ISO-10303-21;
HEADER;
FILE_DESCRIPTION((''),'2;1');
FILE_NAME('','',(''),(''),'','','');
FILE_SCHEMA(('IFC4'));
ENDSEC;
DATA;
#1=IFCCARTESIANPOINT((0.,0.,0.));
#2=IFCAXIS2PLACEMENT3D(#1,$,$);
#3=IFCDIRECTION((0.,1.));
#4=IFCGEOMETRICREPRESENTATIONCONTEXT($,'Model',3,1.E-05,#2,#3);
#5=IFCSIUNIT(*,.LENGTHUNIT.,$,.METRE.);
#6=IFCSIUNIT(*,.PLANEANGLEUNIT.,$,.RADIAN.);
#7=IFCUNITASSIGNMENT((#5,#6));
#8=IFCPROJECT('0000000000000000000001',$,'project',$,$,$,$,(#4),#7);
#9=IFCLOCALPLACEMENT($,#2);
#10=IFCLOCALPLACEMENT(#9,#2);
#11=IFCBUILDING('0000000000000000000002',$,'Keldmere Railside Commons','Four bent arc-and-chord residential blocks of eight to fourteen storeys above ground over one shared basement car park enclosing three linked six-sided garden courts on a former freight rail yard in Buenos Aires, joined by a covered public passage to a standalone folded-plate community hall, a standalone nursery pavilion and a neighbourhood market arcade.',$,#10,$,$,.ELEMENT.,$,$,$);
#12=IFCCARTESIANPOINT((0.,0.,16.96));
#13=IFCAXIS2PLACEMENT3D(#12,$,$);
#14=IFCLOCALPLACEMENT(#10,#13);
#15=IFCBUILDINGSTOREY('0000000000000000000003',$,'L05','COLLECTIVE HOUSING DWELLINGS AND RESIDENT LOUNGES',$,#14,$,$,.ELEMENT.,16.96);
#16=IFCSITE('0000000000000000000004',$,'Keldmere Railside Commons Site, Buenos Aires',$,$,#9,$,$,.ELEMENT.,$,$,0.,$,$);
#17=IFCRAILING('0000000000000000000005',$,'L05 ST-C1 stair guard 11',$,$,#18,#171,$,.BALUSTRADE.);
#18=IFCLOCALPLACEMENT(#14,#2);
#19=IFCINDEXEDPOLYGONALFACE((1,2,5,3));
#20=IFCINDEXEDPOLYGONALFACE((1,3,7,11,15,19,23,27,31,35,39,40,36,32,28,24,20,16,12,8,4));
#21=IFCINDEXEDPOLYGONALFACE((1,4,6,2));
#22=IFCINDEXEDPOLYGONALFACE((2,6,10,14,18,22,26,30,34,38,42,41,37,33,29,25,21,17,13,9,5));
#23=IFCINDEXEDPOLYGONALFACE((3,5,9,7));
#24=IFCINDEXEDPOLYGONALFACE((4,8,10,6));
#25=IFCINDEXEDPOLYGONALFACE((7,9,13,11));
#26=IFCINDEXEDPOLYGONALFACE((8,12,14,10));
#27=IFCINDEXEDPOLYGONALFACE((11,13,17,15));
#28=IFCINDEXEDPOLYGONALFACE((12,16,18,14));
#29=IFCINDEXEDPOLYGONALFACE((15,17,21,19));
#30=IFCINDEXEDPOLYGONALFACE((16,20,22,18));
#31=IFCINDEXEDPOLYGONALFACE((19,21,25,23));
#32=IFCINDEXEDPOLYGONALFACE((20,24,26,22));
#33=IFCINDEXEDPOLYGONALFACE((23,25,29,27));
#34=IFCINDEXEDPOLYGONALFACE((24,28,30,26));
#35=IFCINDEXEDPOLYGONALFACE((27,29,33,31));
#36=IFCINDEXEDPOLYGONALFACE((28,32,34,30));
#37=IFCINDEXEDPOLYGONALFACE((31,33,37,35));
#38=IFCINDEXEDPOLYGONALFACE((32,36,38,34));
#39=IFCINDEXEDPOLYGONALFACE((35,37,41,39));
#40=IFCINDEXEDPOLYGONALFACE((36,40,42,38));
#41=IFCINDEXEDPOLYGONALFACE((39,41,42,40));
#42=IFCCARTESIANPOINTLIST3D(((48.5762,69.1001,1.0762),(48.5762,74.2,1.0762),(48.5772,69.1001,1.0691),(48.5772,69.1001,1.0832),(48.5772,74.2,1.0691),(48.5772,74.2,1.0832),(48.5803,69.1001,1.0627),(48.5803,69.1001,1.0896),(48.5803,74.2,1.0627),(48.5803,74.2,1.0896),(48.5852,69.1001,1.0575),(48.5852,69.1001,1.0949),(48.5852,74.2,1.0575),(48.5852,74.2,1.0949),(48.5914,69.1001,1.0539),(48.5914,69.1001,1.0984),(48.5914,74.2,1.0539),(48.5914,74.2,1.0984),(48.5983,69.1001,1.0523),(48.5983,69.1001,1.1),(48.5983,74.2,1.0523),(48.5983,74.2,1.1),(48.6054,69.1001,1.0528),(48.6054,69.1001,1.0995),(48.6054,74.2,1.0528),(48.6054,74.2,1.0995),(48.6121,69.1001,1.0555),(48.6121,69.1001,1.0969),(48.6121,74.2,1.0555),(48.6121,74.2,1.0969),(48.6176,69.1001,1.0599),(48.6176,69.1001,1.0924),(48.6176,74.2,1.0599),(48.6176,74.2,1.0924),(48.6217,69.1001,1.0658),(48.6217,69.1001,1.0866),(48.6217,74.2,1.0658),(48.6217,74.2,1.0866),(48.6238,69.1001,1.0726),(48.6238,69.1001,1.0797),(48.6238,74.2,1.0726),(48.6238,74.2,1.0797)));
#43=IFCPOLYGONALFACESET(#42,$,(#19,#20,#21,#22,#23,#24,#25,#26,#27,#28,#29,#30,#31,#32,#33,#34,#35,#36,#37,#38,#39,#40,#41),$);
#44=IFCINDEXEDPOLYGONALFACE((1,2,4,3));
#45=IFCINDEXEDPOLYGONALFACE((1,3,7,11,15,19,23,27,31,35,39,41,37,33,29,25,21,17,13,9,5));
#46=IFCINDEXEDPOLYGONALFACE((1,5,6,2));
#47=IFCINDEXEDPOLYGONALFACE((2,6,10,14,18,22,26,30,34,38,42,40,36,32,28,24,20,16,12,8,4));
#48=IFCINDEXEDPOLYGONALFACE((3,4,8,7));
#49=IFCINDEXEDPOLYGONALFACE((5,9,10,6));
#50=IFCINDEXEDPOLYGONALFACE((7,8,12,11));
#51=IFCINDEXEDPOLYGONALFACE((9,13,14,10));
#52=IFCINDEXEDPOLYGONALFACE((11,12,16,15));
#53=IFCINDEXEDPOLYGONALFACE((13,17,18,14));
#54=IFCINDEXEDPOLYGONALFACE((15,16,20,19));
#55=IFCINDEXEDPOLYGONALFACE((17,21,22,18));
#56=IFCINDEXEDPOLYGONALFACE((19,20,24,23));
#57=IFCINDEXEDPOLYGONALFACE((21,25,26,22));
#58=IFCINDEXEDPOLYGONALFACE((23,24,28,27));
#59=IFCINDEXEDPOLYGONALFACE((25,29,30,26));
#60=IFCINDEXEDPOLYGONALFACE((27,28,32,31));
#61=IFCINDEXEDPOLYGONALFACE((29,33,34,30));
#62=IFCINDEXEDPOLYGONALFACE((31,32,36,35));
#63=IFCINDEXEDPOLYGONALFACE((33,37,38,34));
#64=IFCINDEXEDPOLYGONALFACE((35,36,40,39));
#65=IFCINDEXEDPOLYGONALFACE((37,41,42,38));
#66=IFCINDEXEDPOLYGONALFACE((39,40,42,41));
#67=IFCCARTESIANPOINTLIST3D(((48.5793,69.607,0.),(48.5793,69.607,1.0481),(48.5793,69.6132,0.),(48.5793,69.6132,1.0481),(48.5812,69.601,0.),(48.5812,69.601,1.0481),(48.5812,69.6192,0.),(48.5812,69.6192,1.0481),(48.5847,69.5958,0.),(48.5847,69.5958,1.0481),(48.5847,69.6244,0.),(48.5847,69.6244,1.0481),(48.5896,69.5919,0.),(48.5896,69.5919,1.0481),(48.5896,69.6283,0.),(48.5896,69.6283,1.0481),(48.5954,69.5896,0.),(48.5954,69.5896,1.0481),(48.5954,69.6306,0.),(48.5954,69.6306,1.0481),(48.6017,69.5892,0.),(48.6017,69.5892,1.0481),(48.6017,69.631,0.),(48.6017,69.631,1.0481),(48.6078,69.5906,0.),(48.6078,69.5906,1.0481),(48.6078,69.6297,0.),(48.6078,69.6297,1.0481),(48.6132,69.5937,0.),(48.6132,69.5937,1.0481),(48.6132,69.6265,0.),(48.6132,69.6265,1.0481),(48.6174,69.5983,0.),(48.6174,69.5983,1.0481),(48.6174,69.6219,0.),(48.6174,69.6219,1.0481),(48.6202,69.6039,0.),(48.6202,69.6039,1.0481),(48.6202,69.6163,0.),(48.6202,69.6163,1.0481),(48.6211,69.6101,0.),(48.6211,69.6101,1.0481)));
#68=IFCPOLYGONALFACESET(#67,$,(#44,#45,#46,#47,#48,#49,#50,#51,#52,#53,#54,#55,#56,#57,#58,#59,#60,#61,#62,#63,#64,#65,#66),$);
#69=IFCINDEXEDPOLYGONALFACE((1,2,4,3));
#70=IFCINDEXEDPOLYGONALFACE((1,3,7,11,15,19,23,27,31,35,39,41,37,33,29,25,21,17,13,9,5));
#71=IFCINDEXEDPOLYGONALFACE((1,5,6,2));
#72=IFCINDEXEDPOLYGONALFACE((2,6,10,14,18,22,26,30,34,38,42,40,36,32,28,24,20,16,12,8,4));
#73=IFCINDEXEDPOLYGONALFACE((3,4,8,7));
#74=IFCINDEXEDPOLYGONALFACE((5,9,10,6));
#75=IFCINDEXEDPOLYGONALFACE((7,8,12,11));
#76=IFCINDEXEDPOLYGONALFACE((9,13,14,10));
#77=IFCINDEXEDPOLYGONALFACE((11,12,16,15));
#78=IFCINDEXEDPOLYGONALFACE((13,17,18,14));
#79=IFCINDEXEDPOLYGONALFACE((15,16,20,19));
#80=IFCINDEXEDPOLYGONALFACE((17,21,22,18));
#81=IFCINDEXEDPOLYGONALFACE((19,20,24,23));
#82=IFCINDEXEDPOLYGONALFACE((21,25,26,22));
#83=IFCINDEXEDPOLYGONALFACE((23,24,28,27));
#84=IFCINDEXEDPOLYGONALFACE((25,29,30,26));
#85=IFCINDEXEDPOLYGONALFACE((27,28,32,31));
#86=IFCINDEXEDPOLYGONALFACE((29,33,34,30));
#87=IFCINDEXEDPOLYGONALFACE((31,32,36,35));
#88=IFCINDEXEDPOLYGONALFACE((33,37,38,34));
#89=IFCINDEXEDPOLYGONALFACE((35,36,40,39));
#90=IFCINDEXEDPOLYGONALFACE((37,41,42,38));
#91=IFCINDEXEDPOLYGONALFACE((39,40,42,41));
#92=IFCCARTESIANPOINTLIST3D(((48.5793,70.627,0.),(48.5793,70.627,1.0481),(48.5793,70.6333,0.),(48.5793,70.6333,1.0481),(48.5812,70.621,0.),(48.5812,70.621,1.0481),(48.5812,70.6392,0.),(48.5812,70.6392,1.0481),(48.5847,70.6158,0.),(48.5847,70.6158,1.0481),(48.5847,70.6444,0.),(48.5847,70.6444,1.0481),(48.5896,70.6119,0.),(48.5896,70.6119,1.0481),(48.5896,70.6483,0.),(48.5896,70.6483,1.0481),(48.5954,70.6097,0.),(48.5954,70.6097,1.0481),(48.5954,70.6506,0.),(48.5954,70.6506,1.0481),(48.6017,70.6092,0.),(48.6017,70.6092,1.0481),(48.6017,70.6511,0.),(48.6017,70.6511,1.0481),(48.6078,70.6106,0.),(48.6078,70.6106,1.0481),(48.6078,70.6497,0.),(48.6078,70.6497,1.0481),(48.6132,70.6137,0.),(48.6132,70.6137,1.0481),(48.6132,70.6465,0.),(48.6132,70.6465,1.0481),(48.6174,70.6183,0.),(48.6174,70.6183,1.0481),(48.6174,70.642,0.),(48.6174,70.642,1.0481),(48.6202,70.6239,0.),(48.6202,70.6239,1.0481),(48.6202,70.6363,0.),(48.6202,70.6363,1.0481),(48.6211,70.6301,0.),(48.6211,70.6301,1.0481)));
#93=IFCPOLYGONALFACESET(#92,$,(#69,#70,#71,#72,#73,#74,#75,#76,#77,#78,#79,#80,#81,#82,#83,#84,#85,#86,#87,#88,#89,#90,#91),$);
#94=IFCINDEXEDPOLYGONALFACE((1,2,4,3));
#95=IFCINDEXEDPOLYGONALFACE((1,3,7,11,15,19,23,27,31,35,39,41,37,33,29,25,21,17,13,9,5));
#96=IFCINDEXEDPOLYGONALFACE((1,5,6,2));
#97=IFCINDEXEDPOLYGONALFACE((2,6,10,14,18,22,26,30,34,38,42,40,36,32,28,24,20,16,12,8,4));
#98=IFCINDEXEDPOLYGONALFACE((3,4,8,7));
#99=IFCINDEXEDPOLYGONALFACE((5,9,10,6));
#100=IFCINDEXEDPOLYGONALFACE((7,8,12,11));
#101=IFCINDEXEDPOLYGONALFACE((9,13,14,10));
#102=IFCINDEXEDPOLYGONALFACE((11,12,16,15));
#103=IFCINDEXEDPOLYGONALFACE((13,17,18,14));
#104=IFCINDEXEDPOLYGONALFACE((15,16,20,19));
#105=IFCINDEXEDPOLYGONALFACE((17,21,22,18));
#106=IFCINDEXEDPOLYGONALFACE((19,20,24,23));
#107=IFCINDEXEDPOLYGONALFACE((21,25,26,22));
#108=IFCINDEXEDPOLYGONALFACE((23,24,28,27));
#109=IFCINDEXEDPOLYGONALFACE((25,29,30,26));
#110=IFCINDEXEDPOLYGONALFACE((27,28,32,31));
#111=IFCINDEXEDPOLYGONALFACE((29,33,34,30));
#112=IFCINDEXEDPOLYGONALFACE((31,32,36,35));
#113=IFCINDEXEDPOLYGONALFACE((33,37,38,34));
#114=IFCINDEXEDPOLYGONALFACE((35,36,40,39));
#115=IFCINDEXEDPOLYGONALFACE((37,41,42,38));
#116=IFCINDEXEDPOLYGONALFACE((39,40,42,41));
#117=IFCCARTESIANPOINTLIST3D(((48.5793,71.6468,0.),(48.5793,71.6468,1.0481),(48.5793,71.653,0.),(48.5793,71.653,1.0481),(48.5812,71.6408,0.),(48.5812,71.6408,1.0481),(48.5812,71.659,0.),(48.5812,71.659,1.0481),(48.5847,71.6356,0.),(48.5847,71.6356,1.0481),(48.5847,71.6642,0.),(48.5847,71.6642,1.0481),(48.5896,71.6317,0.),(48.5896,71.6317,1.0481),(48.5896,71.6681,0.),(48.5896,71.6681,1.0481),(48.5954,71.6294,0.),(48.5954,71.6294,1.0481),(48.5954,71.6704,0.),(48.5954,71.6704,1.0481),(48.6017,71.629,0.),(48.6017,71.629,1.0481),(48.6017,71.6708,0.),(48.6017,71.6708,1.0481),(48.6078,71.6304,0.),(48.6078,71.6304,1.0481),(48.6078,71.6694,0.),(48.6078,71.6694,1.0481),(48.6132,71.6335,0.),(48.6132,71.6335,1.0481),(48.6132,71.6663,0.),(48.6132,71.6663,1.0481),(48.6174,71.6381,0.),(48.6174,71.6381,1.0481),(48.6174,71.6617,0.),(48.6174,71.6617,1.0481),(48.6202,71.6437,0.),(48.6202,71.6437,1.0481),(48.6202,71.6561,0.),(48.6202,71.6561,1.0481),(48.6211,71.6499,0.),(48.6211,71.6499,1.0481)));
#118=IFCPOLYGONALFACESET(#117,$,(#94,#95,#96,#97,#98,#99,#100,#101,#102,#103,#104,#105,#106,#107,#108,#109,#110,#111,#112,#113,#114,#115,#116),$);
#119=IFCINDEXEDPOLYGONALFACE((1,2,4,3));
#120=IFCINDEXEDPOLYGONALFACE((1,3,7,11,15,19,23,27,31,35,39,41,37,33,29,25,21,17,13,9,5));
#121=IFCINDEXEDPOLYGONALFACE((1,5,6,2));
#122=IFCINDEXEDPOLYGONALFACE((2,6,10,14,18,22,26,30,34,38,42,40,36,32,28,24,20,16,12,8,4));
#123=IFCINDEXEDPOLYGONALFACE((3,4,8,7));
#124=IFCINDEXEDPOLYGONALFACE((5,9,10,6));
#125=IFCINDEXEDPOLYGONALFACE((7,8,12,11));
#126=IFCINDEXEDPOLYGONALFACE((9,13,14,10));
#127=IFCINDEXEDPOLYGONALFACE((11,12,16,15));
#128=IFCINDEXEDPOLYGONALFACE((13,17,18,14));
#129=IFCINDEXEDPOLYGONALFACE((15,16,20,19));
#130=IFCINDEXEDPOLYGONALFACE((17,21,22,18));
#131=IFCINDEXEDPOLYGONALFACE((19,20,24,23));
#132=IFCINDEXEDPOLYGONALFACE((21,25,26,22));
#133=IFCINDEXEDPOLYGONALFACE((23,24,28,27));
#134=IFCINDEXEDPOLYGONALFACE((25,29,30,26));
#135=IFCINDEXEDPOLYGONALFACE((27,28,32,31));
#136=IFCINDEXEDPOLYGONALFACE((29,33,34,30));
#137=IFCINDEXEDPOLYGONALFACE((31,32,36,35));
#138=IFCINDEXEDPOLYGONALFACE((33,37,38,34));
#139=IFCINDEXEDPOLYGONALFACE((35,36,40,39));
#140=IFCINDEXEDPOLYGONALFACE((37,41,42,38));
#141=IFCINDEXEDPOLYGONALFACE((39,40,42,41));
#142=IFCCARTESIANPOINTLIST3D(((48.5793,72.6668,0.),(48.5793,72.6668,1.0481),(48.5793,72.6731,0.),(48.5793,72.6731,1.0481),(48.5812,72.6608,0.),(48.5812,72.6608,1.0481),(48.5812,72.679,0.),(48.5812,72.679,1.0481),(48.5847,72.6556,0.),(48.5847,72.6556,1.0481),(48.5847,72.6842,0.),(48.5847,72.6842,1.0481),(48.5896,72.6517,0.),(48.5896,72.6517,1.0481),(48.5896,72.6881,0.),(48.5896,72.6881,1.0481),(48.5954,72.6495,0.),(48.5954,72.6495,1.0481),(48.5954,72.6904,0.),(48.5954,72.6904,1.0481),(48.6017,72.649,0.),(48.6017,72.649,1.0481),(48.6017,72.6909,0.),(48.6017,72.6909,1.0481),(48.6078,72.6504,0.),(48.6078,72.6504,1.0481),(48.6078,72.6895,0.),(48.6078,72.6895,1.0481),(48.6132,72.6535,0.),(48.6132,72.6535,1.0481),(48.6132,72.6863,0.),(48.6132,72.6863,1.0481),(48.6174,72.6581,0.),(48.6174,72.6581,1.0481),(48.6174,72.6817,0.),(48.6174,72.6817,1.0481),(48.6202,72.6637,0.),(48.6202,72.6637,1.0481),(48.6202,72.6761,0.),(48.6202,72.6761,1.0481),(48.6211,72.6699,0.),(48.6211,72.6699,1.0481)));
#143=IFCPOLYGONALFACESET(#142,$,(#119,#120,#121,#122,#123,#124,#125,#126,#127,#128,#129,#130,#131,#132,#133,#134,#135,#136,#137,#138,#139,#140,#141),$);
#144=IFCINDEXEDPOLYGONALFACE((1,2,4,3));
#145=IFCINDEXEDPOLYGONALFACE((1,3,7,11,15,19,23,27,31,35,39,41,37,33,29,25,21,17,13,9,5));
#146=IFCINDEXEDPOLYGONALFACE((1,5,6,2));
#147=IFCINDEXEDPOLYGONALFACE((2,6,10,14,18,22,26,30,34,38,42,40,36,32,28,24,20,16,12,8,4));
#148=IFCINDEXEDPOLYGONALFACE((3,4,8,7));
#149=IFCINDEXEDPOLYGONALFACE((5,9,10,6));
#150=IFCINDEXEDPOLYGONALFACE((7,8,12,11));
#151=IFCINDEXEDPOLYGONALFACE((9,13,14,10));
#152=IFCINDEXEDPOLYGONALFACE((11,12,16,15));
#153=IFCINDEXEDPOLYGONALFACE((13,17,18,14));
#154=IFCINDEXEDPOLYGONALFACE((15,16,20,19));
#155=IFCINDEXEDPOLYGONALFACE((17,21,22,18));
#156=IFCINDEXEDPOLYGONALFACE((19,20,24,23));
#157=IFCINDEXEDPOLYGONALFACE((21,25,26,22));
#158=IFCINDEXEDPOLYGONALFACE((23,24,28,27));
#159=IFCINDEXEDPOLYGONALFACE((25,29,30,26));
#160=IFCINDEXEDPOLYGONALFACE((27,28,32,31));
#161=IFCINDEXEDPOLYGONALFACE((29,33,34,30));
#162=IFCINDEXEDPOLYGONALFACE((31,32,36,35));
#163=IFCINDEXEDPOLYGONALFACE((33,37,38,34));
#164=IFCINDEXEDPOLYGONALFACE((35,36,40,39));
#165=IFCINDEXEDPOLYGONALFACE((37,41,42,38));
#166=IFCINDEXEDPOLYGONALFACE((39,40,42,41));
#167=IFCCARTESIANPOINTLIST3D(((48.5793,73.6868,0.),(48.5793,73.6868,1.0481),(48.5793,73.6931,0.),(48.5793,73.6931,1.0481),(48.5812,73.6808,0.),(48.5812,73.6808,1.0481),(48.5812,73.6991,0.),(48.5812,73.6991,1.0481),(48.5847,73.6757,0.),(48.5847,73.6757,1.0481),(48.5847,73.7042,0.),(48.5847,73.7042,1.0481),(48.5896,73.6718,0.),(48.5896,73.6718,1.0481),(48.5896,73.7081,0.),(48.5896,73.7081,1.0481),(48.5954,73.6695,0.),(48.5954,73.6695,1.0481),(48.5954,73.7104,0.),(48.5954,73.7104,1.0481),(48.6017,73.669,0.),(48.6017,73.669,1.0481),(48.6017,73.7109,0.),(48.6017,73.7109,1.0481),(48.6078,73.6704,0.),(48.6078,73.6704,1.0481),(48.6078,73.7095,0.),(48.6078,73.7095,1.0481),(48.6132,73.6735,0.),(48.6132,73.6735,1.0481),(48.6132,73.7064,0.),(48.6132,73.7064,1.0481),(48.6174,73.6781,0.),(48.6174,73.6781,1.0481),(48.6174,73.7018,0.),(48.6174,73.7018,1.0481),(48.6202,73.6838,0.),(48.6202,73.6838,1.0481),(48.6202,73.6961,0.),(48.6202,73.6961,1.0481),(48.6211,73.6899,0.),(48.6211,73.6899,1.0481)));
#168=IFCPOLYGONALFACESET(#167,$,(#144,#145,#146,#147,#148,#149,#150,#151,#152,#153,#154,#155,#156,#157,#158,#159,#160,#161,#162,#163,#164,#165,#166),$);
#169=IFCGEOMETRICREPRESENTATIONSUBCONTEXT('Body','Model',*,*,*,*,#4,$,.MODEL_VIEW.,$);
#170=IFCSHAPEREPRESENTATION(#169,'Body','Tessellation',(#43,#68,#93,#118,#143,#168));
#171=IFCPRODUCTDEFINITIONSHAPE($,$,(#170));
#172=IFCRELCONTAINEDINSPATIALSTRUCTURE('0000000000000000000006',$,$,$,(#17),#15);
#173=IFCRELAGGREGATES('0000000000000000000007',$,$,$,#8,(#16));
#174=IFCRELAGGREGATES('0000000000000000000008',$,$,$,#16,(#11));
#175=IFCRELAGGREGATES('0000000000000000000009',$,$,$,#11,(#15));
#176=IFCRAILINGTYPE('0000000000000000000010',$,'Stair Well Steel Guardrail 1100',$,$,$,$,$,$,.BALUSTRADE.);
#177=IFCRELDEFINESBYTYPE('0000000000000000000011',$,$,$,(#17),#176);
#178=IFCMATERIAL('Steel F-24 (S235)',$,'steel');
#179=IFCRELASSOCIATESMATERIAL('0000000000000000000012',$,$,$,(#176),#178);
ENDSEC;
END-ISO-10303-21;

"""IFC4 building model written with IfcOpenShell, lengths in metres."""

from ifc_helpers import new_model, si_unit, direction, frame, origin, origin_2d, place, context, subcontext, project, spatial, circle, extrude, material, type_object, element, save


model = new_model("IFC4")

# Units and contexts
model_context = context("Model", 3, precision=1e-05, world=origin(), true_north=direction((0.0, 1.0)))
body_context = subcontext(model_context, "Body", "Model", "MODEL_VIEW")
ifc_project = project(units=[si_unit("LENGTHUNIT", "METRE"), si_unit("PLANEANGLEUNIT", "RADIAN")], contexts=[model_context])

# Site, building, storey
site_placement = place(None, origin())
site = spatial("IfcSite", under=ifc_project, at=site_placement, Name="Keldmere Railside Commons Site, Buenos Aires", CompositionType="ELEMENT", RefElevation=0.0)
building_placement = place(site_placement, origin())
building = spatial("IfcBuilding", under=site, at=building_placement, Name="Keldmere Railside Commons", Description="Four bent arc-and-chord residential blocks of eight to fourteen storeys above ground over one shared basement car park enclosing three linked six-sided garden courts on a former freight rail yard in Buenos Aires, joined by a covered public passage to a standalone folded-plate community hall, a standalone nursery pavilion and a neighbourhood market arcade.", CompositionType="ELEMENT")
storey_placement = place(building_placement, frame((0.0, 0.0, 16.96)))
storey = spatial("IfcBuildingStorey", under=building, at=storey_placement, Name="L05", Description="COLLECTIVE HOUSING DWELLINGS AND RESIDENT LOUNGES", CompositionType="ELEMENT", Elevation=16.96)

# Railing
ifc_material_1 = material(Name="Steel F-24 (S235)", Category="steel")
railing_type_1 = type_object("IfcRailingType", Name="Stair Well Steel Guardrail 1100", PredefinedType="BALUSTRADE", material=ifc_material_1)
railing_1_placement = place(storey_placement, frame((48.6001, 69.1001, 0.0)))
element("IfcRailing", 1, at=railing_1_placement, inside=storey, type_object=railing_type_1, Name="L05 ST-C1 stair guard 11", PredefinedType="BALUSTRADE", context=body_context, shape_type="SweptSolid", body=[
    extrude(circle(Radius=0.0239, at=origin_2d()), frame((0.0, 0.0, 1.0762), z_axis=(0.0, 1.0, 0.0), x_axis=(-1.0, 0.0, 0.0)), (0.0, 0.0, 1.0), 5.0999),
    extrude(circle(Radius=0.021, at=origin_2d()), frame((0.0, 0.51, 0.0)), (0.0, 0.0, 1.0), 1.0481),
    extrude(circle(Radius=0.021, at=origin_2d()), frame((0.0, 1.53, 0.0)), (0.0, 0.0, 1.0), 1.0481),
    extrude(circle(Radius=0.021, at=origin_2d()), frame((0.0, 2.5498, 0.0)), (0.0, 0.0, 1.0), 1.0481),
    extrude(circle(Radius=0.021, at=origin_2d()), frame((0.0, 3.5698, 0.0)), (0.0, 0.0, 1.0), 1.0481),
    extrude(circle(Radius=0.021, at=origin_2d()), frame((0.0, 4.5898, 0.0)), (0.0, 0.0, 1.0), 1.0481),
])

save(model, "model.ifc")
